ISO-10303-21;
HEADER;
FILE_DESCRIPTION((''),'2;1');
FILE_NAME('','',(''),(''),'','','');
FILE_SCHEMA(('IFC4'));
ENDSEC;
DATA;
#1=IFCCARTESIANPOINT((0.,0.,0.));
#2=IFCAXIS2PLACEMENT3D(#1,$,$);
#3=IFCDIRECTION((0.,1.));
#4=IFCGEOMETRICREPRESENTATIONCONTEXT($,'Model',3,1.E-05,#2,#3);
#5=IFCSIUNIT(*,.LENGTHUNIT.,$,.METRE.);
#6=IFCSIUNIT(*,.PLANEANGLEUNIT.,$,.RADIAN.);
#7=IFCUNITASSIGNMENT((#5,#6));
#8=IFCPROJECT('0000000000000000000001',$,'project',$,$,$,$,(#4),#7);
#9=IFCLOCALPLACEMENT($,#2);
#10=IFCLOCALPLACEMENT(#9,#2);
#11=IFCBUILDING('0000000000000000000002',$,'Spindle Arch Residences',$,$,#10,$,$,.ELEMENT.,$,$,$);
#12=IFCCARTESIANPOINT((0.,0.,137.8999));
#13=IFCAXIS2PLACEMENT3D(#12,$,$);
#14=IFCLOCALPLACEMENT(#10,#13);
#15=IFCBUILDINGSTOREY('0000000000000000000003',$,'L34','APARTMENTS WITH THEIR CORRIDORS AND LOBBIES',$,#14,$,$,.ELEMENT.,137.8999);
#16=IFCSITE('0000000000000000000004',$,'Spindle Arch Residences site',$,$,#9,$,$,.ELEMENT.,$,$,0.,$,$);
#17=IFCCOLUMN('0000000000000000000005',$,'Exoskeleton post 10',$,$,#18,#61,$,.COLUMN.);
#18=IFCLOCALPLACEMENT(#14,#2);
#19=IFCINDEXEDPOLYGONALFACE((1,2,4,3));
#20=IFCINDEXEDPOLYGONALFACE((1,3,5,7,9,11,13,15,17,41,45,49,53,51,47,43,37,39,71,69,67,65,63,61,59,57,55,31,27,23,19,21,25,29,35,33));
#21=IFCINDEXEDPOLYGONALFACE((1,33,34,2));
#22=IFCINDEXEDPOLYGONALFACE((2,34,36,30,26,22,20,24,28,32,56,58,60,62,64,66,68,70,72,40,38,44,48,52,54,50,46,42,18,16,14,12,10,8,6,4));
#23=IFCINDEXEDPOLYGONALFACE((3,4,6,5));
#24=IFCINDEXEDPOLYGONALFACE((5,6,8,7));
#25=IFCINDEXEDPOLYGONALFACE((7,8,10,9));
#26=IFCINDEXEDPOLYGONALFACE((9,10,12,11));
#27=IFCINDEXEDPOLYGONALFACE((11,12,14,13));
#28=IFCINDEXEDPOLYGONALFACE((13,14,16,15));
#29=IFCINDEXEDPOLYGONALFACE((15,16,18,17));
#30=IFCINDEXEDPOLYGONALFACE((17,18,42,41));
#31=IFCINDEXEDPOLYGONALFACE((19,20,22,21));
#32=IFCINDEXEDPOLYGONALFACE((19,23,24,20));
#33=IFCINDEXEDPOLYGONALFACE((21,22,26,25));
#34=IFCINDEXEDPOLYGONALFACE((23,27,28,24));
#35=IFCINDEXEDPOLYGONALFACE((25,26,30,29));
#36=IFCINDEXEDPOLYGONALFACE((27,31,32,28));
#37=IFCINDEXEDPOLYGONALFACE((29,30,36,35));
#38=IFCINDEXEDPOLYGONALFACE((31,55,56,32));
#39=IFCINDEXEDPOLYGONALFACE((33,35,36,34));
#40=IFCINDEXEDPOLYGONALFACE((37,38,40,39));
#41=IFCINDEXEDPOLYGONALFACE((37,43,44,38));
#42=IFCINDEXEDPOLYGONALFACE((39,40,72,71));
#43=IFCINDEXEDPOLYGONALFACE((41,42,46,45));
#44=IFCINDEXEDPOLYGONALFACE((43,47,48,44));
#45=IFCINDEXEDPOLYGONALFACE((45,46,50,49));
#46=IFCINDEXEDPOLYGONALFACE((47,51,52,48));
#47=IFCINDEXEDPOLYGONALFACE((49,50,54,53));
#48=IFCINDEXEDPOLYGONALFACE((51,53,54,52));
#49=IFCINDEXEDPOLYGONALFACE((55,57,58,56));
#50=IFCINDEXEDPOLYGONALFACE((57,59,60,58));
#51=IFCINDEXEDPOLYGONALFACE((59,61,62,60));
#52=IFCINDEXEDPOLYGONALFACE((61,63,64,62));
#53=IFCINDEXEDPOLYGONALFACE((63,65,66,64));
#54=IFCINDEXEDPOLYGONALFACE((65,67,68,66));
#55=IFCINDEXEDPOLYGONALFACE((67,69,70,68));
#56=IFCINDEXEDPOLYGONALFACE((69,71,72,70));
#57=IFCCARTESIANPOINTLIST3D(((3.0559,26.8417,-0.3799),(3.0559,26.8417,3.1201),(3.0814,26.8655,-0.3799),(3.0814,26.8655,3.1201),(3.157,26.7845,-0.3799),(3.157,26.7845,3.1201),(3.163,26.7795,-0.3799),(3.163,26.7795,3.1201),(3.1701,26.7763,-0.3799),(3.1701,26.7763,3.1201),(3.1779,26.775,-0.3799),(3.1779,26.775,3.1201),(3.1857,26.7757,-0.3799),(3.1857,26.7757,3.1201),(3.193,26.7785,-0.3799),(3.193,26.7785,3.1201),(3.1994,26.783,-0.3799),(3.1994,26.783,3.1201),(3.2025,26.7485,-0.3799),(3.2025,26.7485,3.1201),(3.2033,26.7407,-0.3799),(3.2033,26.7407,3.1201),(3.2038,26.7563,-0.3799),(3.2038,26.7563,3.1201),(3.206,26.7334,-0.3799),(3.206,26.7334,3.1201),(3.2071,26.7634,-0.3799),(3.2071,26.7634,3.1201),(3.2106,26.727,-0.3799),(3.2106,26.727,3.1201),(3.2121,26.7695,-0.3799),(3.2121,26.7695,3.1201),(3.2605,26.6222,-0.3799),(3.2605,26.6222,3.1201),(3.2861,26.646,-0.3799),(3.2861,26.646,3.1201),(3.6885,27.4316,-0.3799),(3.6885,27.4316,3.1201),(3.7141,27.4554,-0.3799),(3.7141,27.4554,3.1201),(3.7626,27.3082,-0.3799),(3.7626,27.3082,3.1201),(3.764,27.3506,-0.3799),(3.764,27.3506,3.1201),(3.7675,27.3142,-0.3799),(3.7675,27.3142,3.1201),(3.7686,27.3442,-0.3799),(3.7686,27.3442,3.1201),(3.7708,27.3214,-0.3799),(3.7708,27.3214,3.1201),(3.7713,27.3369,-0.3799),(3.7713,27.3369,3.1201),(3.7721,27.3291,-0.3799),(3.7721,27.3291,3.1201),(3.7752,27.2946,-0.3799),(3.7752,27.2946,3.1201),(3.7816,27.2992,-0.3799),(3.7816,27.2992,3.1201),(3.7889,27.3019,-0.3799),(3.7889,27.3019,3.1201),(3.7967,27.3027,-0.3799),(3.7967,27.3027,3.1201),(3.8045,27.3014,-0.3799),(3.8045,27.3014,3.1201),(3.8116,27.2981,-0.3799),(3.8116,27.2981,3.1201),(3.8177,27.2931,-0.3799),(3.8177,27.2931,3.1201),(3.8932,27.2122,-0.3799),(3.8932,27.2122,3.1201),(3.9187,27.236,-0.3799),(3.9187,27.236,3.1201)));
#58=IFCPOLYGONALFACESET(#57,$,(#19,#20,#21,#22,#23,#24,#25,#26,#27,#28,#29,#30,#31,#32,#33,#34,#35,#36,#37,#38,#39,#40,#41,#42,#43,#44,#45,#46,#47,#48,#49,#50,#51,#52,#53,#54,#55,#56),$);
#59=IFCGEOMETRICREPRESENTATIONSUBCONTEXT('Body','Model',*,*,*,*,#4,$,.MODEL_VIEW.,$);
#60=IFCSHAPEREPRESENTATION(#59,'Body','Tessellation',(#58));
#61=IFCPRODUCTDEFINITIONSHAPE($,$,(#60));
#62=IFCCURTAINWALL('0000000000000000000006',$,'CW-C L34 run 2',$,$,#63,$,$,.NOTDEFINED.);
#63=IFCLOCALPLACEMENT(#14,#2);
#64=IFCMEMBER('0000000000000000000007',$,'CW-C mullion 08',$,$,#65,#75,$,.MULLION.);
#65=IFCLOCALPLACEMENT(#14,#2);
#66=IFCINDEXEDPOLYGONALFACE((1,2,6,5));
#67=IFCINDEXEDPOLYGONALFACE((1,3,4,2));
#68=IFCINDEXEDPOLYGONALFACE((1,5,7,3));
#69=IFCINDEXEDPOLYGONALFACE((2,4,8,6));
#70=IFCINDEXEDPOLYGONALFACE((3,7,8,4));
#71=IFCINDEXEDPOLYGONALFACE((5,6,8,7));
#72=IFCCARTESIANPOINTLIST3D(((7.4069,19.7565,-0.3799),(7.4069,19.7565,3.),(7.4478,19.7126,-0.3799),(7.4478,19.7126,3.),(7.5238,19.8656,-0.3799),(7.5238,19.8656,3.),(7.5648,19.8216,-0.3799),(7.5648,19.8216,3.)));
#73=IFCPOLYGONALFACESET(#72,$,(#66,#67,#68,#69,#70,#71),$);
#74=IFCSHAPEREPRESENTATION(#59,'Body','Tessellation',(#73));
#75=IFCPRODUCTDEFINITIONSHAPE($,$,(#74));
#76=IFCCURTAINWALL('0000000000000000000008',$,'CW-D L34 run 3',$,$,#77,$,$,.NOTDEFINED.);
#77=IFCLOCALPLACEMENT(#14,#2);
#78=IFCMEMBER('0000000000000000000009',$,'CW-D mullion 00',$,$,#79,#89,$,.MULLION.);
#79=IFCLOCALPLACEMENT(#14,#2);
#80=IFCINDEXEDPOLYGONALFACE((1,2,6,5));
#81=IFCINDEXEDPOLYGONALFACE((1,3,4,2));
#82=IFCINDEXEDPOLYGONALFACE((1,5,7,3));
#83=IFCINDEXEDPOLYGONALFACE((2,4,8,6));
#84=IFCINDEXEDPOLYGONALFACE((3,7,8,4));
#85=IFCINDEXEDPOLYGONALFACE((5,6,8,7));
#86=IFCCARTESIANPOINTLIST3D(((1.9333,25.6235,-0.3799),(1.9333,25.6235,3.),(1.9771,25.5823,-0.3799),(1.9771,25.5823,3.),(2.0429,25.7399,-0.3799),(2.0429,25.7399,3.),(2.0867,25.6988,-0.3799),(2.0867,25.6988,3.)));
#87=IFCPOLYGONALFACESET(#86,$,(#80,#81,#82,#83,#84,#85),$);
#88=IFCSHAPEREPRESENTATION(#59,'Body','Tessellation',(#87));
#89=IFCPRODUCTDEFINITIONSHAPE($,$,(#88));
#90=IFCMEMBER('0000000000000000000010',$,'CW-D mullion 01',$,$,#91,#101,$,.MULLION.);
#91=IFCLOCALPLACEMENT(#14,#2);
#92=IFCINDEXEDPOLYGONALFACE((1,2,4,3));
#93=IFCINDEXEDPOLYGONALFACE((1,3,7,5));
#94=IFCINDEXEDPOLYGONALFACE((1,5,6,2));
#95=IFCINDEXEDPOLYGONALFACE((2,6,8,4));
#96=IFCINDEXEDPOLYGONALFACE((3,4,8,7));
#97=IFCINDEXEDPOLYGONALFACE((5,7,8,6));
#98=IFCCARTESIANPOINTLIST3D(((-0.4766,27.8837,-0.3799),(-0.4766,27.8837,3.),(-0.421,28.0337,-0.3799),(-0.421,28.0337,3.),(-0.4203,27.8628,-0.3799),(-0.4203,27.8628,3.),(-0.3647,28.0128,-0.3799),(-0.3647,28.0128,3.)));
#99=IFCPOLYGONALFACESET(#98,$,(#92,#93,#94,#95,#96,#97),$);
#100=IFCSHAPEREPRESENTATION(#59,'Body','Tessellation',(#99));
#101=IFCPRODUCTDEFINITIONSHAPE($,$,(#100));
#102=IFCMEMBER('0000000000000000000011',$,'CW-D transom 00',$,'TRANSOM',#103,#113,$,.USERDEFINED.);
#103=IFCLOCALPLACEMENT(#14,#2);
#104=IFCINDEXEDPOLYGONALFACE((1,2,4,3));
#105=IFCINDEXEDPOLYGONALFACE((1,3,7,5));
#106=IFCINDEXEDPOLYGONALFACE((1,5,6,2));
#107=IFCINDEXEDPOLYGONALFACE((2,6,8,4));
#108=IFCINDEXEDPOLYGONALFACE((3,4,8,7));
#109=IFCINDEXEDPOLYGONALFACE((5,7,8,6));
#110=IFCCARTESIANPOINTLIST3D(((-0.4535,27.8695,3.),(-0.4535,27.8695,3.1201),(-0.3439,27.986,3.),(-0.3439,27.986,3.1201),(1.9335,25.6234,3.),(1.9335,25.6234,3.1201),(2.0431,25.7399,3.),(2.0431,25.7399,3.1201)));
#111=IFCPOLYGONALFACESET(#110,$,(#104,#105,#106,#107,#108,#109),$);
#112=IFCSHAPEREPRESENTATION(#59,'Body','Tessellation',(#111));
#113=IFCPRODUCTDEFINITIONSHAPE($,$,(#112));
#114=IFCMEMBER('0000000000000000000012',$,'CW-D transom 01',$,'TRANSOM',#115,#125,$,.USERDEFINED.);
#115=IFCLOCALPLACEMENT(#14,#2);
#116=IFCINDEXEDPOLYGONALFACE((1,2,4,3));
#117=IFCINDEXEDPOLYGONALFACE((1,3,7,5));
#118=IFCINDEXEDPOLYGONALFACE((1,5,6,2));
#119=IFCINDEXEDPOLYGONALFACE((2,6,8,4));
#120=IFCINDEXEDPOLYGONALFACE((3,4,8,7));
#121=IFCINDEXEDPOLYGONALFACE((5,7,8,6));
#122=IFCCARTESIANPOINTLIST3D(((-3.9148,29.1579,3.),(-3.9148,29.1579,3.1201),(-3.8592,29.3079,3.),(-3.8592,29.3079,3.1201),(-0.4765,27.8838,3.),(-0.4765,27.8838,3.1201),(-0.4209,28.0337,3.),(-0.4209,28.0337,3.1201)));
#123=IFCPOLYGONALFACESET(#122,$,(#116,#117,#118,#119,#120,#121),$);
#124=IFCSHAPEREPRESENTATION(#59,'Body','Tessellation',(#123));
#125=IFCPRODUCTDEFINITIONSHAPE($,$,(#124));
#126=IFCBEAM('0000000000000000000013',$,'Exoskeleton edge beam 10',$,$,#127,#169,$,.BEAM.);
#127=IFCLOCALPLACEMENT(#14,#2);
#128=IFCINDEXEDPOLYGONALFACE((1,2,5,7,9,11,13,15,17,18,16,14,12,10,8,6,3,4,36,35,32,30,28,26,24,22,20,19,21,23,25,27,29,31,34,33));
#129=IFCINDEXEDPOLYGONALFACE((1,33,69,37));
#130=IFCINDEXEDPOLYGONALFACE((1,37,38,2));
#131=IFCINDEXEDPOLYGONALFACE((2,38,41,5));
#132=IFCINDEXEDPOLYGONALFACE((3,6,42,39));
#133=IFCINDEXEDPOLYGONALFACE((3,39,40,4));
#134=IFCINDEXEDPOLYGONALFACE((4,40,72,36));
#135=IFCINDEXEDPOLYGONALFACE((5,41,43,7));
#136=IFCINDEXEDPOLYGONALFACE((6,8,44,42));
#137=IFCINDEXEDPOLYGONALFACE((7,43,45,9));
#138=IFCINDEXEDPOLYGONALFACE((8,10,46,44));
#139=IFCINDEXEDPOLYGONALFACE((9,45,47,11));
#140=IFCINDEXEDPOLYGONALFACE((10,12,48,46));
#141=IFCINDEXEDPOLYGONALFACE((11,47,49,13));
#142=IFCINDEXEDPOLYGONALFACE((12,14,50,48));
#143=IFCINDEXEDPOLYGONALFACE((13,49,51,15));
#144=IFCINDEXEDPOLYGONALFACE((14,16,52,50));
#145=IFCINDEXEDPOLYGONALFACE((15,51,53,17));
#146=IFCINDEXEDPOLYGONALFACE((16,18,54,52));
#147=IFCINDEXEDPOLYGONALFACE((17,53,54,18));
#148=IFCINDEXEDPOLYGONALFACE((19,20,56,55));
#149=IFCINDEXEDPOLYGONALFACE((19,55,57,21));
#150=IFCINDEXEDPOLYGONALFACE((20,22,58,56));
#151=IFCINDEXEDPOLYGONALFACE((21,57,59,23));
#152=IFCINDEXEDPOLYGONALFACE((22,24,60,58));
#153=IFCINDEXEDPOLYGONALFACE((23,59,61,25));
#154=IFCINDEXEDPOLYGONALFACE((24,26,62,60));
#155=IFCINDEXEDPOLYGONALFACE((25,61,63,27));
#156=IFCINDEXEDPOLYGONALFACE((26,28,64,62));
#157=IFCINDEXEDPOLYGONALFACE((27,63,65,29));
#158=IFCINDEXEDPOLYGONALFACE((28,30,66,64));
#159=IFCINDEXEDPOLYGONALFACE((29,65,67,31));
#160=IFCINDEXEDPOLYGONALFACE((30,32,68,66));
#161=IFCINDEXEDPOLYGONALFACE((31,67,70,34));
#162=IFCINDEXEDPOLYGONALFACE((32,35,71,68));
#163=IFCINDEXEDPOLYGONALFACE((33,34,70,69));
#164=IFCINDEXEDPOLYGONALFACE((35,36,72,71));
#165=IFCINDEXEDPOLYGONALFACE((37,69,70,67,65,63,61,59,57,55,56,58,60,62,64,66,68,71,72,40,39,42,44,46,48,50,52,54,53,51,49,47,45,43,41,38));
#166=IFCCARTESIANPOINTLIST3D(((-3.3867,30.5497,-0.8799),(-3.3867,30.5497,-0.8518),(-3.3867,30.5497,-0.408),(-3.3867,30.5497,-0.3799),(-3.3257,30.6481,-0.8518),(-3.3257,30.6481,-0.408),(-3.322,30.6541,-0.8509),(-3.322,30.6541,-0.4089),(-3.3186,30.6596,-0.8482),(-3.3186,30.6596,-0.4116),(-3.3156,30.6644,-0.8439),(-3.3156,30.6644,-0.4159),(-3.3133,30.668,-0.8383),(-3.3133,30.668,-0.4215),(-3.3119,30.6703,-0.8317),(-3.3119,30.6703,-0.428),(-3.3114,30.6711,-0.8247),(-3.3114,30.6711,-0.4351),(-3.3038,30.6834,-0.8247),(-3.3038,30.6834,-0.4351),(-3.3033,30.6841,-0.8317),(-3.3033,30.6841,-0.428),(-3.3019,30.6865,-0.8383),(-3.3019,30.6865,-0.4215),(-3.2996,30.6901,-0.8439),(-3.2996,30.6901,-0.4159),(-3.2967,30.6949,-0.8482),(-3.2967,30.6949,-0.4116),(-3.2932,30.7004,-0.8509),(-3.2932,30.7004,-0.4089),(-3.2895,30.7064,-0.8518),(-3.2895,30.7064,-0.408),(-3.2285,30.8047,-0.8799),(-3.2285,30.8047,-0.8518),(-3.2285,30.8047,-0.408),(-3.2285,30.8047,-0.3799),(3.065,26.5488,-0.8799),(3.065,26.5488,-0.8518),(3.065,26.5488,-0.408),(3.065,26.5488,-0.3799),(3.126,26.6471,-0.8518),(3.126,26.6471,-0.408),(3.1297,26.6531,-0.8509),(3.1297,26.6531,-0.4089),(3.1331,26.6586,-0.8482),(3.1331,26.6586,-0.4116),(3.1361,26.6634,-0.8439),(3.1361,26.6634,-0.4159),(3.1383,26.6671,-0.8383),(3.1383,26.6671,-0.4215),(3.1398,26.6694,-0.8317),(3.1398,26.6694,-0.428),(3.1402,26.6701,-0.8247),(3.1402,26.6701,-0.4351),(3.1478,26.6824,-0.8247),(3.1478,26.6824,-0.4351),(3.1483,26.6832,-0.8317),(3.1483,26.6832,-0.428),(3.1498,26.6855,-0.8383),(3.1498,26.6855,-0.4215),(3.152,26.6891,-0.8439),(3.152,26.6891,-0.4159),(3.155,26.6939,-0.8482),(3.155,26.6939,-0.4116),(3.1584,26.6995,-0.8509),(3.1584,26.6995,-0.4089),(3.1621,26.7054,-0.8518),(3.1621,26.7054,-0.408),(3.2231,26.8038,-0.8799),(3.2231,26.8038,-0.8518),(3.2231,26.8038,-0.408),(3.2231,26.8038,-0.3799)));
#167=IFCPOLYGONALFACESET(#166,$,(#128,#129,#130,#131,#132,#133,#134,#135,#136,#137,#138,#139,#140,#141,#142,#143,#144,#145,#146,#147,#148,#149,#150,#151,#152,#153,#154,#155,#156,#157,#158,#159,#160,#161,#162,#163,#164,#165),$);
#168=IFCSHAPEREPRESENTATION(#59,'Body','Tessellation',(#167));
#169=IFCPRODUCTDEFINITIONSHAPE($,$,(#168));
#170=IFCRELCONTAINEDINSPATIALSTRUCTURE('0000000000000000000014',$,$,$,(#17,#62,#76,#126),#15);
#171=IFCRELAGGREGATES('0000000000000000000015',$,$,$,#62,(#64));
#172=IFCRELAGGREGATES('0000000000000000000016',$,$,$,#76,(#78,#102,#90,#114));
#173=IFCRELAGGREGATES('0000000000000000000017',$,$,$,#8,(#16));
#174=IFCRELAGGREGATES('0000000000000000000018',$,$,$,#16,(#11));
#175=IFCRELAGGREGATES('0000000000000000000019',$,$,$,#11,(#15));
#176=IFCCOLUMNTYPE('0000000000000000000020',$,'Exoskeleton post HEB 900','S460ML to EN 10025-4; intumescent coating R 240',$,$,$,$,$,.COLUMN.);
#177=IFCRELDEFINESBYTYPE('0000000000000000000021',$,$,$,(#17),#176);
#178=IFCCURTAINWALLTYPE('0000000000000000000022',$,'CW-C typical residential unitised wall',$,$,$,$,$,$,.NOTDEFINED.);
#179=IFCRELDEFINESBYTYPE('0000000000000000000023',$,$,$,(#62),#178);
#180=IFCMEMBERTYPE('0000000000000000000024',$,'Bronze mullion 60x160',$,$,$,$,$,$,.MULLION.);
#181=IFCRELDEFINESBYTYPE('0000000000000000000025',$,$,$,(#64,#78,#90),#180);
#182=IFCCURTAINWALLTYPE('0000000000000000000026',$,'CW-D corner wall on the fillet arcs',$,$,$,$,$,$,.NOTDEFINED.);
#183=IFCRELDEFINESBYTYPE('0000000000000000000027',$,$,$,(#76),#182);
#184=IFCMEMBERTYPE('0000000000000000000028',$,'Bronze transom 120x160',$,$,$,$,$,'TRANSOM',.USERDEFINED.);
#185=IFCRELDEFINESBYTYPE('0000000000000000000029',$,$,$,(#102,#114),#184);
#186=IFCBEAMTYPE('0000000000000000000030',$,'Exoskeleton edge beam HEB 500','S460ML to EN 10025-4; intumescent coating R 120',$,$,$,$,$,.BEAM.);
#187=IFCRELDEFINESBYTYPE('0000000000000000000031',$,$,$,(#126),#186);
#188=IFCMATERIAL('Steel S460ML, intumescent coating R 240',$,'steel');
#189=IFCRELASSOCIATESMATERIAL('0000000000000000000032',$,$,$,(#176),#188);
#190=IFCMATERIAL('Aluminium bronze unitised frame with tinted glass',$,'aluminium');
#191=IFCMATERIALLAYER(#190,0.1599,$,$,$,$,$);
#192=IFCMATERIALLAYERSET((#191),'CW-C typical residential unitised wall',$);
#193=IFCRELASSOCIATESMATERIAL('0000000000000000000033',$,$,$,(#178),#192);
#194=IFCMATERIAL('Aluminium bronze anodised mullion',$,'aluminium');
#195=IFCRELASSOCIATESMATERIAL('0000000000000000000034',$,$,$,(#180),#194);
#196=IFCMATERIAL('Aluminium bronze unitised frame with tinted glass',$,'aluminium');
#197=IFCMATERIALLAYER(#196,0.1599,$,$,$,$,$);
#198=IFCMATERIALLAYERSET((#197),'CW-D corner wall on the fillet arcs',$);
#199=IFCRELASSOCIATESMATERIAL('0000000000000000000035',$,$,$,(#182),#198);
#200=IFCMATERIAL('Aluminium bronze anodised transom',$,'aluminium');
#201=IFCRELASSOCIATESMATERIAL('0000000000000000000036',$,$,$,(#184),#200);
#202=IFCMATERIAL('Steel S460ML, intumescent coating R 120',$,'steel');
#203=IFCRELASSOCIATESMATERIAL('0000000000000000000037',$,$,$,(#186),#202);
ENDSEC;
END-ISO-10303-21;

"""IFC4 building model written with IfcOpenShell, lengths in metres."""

from ifc_helpers import new_model, si_unit, direction, frame, origin, origin_2d, place, context, subcontext, project, spatial, rectangle, i_section, extrude, material, layer, layer_set, material_profile, profile_set, type_object, element, aggregate, save


model = new_model("IFC4")

# Units and contexts
model_context = context("Model", 3, precision=1e-05, world=origin(), true_north=direction((0.0, 1.0)))
body_context = subcontext(model_context, "Body", "Model", "MODEL_VIEW")
ifc_project = project(units=[si_unit("LENGTHUNIT", "METRE"), si_unit("PLANEANGLEUNIT", "RADIAN")], contexts=[model_context])

# Site, building, storey
site_placement = place(None, origin())
site = spatial("IfcSite", under=ifc_project, at=site_placement, Name="Spindle Arch Residences site", CompositionType="ELEMENT", RefElevation=0.0)
building_placement = place(site_placement, origin())
building = spatial("IfcBuilding", under=site, at=building_placement, Name="Spindle Arch Residences", CompositionType="ELEMENT")
storey_placement = place(building_placement, frame((0.0, 0.0, 137.8999)))
storey = spatial("IfcBuildingStorey", under=building, at=storey_placement, Name="L34", Description="APARTMENTS WITH THEIR CORRIDORS AND LOBBIES", CompositionType="ELEMENT", Elevation=137.8999)

# Column
ifc_material_1 = material(Name="Steel S460ML, intumescent coating R 240", Category="steel")
ifc_material_profile_1 = material_profile(ifc_material_1, i_section(OverallWidth=0.3, OverallDepth=0.8999, WebThickness=0.0186, FlangeThickness=0.0349, FilletRadius=0.03, at=origin_2d()), Name="HEB 900")
ifc_profile_set_1 = profile_set([ifc_material_profile_1], Name="Steel S460ML, intumescent coating R 240")
column_type = type_object("IfcColumnType", Name="Exoskeleton post HEB 900", Description="S460ML to EN 10025-4; intumescent coating R 240", PredefinedType="COLUMN", material=ifc_profile_set_1)
column_placement = place(storey_placement, frame((3.4873, 27.0388, -0.3799), z_axis=(0.0, 0.0, 1.0), x_axis=(0.681998, -0.731354, 0.0)))
element("IfcColumn", 1, at=column_placement, inside=storey, type_object=column_type, Name="Exoskeleton post 10", PredefinedType="COLUMN", context=body_context, shape_type="SweptSolid", body=[
    extrude(i_section(OverallWidth=0.3, OverallDepth=0.8999, WebThickness=0.0186, FlangeThickness=0.0349, FilletRadius=0.03, at=origin_2d()), origin(), (0.0, 0.0, 1.0), 3.5),
])

# Curtain wall, member
ifc_material_2 = material(Name="Aluminium bronze unitised frame with tinted glass", Category="aluminium")
ifc_layer_1 = layer(ifc_material_2, 0.1599)
ifc_layer_set_1 = layer_set([ifc_layer_1], Name="CW-C typical residential unitised wall")
curtain_wall_type_1 = type_object("IfcCurtainWallType", Name="CW-C typical residential unitised wall", PredefinedType="NOTDEFINED", material=ifc_layer_set_1)
curtain_wall_1_placement = place(storey_placement, origin())
curtain_wall_1 = element("IfcCurtainWall", 2, at=curtain_wall_1_placement, inside=storey, type_object=curtain_wall_type_1, Name="CW-C L34 run 2", PredefinedType="NOTDEFINED")
ifc_material_3 = material(Name="Aluminium bronze anodised mullion", Category="aluminium")
ifc_material_profile_2 = material_profile(ifc_material_3, rectangle(XDim=0.1599, YDim=0.0601, at=origin_2d()), Name="MU 60x160")
ifc_profile_set_2 = profile_set([ifc_material_profile_2], Name="Aluminium bronze anodised mullion")
member_type_1 = type_object("IfcMemberType", Name="Bronze mullion 60x160", PredefinedType="MULLION", material=ifc_profile_set_2)
member_1_placement = place(storey_placement, frame((7.4858, 19.7891, -0.3799), z_axis=(0.0, 0.0, 1.0), x_axis=(-0.731354, -0.681998, 0.0)))
member_1 = element("IfcMember", 3, at=member_1_placement, type_object=member_type_1, Name="CW-C mullion 08", PredefinedType="MULLION", context=body_context, shape_type="SweptSolid", body=[
    extrude(rectangle(XDim=0.1599, YDim=0.0601, at=origin_2d()), origin(), (0.0, 0.0, 1.0), 3.3799),
])

# Curtain wall, members
ifc_material_4 = material(Name="Aluminium bronze unitised frame with tinted glass", Category="aluminium")
ifc_layer_2 = layer(ifc_material_4, 0.1599)
ifc_layer_set_2 = layer_set([ifc_layer_2], Name="CW-D corner wall on the fillet arcs")
curtain_wall_type_2 = type_object("IfcCurtainWallType", Name="CW-D corner wall on the fillet arcs", PredefinedType="NOTDEFINED", material=ifc_layer_set_2)
curtain_wall_2_placement = place(storey_placement, origin())
curtain_wall_2 = element("IfcCurtainWall", 4, at=curtain_wall_2_placement, inside=storey, type_object=curtain_wall_type_2, Name="CW-D L34 run 3", PredefinedType="NOTDEFINED")
member_2_placement = place(storey_placement, frame((2.01, 25.6611, -0.3799), z_axis=(0.0, 0.0, 1.0), x_axis=(-0.68529, -0.72827, 0.0)))
member_2 = element("IfcMember", 5, at=member_2_placement, type_object=member_type_1, Name="CW-D mullion 00", PredefinedType="MULLION", context=body_context, shape_type="SweptSolid", body=[
    extrude(rectangle(XDim=0.1599, YDim=0.0601, at=origin_2d()), origin(), (0.0, 0.0, 1.0), 3.3799),
])
member_3_placement = place(storey_placement, frame((-0.4207, 27.9482, -0.3799), z_axis=(0.0, 0.0, 1.0), x_axis=(-0.347481, -0.937687, 0.0)))
member_3 = element("IfcMember", 6, at=member_3_placement, type_object=member_type_1, Name="CW-D mullion 01", PredefinedType="MULLION", context=body_context, shape_type="SweptSolid", body=[
    extrude(rectangle(XDim=0.1599, YDim=0.0601, at=origin_2d()), origin(), (0.0, 0.0, 1.0), 3.3799),
])
ifc_material_5 = material(Name="Aluminium bronze anodised transom", Category="aluminium")
ifc_material_profile_3 = material_profile(ifc_material_5, rectangle(XDim=0.1599, YDim=0.1201, at=origin_2d()), Name="TR 120x160")
ifc_profile_set_3 = profile_set([ifc_material_profile_3], Name="Aluminium bronze anodised transom")
member_type_2 = type_object("IfcMemberType", Name="Bronze transom 120x160", ElementType="TRANSOM", PredefinedType="USERDEFINED", material=ifc_profile_set_3)
member_4_placement = place(storey_placement, frame((1.9883, 25.6816, 3.0601), z_axis=(-0.72827, 0.68529, 0.0), x_axis=(-0.68529, -0.72827, 0.0)))
member_4 = element("IfcMember", 7, at=member_4_placement, type_object=member_type_2, Name="CW-D transom 00", ObjectType="TRANSOM", PredefinedType="USERDEFINED", context=body_context, shape_type="SweptSolid", body=[
    extrude(rectangle(XDim=0.1599, YDim=0.1201, at=origin_2d()), origin(), (0.0, 0.0, 1.0), 3.2776),
])
member_5_placement = place(storey_placement, frame((-0.4487, 27.9587, 3.0601), z_axis=(-0.937682, 0.347494, 0.0), x_axis=(-0.347494, -0.937682, 0.0)))
member_5 = element("IfcMember", 8, at=member_5_placement, type_object=member_type_2, Name="CW-D transom 01", ObjectType="TRANSOM", PredefinedType="USERDEFINED", context=body_context, shape_type="SweptSolid", body=[
    extrude(rectangle(XDim=0.1599, YDim=0.1201, at=origin_2d()), origin(), (0.0, 0.0, 1.0), 3.6667),
])

# Beam
ifc_material_6 = material(Name="Steel S460ML, intumescent coating R 120", Category="steel")
ifc_material_profile_4 = material_profile(ifc_material_6, i_section(OverallWidth=0.3, OverallDepth=0.5, WebThickness=0.0144, FlangeThickness=0.0281, FilletRadius=0.0271, at=origin_2d()), Name="HEB 500")
ifc_profile_set_4 = profile_set([ifc_material_profile_4], Name="Steel S460ML, intumescent coating R 120")
beam_type_1 = type_object("IfcBeamType", Name="Exoskeleton edge beam HEB 500", Description="S460ML to EN 10025-4; intumescent coating R 120", PredefinedType="BEAM", material=ifc_profile_set_4)
beam_1_placement = place(storey_placement, frame((3.144, 26.6763, -0.6299), z_axis=(-0.849847, 0.52703, 0.0), x_axis=(-0.52703, -0.849847, 0.0)))
element("IfcBeam", 9, at=beam_1_placement, inside=storey, type_object=beam_type_1, Name="Exoskeleton edge beam 10", PredefinedType="BEAM", context=body_context, shape_type="SweptSolid", body=[
    extrude(i_section(OverallWidth=0.3, OverallDepth=0.5, WebThickness=0.0144, FlangeThickness=0.0281, FilletRadius=0.0271, at=origin_2d()), origin(), (0.0, 0.0, 1.0), 7.5916),
])

aggregate(curtain_wall_1, [member_1])
aggregate(curtain_wall_2, [member_2, member_4, member_3, member_5])

save(model, "model.ifc")
